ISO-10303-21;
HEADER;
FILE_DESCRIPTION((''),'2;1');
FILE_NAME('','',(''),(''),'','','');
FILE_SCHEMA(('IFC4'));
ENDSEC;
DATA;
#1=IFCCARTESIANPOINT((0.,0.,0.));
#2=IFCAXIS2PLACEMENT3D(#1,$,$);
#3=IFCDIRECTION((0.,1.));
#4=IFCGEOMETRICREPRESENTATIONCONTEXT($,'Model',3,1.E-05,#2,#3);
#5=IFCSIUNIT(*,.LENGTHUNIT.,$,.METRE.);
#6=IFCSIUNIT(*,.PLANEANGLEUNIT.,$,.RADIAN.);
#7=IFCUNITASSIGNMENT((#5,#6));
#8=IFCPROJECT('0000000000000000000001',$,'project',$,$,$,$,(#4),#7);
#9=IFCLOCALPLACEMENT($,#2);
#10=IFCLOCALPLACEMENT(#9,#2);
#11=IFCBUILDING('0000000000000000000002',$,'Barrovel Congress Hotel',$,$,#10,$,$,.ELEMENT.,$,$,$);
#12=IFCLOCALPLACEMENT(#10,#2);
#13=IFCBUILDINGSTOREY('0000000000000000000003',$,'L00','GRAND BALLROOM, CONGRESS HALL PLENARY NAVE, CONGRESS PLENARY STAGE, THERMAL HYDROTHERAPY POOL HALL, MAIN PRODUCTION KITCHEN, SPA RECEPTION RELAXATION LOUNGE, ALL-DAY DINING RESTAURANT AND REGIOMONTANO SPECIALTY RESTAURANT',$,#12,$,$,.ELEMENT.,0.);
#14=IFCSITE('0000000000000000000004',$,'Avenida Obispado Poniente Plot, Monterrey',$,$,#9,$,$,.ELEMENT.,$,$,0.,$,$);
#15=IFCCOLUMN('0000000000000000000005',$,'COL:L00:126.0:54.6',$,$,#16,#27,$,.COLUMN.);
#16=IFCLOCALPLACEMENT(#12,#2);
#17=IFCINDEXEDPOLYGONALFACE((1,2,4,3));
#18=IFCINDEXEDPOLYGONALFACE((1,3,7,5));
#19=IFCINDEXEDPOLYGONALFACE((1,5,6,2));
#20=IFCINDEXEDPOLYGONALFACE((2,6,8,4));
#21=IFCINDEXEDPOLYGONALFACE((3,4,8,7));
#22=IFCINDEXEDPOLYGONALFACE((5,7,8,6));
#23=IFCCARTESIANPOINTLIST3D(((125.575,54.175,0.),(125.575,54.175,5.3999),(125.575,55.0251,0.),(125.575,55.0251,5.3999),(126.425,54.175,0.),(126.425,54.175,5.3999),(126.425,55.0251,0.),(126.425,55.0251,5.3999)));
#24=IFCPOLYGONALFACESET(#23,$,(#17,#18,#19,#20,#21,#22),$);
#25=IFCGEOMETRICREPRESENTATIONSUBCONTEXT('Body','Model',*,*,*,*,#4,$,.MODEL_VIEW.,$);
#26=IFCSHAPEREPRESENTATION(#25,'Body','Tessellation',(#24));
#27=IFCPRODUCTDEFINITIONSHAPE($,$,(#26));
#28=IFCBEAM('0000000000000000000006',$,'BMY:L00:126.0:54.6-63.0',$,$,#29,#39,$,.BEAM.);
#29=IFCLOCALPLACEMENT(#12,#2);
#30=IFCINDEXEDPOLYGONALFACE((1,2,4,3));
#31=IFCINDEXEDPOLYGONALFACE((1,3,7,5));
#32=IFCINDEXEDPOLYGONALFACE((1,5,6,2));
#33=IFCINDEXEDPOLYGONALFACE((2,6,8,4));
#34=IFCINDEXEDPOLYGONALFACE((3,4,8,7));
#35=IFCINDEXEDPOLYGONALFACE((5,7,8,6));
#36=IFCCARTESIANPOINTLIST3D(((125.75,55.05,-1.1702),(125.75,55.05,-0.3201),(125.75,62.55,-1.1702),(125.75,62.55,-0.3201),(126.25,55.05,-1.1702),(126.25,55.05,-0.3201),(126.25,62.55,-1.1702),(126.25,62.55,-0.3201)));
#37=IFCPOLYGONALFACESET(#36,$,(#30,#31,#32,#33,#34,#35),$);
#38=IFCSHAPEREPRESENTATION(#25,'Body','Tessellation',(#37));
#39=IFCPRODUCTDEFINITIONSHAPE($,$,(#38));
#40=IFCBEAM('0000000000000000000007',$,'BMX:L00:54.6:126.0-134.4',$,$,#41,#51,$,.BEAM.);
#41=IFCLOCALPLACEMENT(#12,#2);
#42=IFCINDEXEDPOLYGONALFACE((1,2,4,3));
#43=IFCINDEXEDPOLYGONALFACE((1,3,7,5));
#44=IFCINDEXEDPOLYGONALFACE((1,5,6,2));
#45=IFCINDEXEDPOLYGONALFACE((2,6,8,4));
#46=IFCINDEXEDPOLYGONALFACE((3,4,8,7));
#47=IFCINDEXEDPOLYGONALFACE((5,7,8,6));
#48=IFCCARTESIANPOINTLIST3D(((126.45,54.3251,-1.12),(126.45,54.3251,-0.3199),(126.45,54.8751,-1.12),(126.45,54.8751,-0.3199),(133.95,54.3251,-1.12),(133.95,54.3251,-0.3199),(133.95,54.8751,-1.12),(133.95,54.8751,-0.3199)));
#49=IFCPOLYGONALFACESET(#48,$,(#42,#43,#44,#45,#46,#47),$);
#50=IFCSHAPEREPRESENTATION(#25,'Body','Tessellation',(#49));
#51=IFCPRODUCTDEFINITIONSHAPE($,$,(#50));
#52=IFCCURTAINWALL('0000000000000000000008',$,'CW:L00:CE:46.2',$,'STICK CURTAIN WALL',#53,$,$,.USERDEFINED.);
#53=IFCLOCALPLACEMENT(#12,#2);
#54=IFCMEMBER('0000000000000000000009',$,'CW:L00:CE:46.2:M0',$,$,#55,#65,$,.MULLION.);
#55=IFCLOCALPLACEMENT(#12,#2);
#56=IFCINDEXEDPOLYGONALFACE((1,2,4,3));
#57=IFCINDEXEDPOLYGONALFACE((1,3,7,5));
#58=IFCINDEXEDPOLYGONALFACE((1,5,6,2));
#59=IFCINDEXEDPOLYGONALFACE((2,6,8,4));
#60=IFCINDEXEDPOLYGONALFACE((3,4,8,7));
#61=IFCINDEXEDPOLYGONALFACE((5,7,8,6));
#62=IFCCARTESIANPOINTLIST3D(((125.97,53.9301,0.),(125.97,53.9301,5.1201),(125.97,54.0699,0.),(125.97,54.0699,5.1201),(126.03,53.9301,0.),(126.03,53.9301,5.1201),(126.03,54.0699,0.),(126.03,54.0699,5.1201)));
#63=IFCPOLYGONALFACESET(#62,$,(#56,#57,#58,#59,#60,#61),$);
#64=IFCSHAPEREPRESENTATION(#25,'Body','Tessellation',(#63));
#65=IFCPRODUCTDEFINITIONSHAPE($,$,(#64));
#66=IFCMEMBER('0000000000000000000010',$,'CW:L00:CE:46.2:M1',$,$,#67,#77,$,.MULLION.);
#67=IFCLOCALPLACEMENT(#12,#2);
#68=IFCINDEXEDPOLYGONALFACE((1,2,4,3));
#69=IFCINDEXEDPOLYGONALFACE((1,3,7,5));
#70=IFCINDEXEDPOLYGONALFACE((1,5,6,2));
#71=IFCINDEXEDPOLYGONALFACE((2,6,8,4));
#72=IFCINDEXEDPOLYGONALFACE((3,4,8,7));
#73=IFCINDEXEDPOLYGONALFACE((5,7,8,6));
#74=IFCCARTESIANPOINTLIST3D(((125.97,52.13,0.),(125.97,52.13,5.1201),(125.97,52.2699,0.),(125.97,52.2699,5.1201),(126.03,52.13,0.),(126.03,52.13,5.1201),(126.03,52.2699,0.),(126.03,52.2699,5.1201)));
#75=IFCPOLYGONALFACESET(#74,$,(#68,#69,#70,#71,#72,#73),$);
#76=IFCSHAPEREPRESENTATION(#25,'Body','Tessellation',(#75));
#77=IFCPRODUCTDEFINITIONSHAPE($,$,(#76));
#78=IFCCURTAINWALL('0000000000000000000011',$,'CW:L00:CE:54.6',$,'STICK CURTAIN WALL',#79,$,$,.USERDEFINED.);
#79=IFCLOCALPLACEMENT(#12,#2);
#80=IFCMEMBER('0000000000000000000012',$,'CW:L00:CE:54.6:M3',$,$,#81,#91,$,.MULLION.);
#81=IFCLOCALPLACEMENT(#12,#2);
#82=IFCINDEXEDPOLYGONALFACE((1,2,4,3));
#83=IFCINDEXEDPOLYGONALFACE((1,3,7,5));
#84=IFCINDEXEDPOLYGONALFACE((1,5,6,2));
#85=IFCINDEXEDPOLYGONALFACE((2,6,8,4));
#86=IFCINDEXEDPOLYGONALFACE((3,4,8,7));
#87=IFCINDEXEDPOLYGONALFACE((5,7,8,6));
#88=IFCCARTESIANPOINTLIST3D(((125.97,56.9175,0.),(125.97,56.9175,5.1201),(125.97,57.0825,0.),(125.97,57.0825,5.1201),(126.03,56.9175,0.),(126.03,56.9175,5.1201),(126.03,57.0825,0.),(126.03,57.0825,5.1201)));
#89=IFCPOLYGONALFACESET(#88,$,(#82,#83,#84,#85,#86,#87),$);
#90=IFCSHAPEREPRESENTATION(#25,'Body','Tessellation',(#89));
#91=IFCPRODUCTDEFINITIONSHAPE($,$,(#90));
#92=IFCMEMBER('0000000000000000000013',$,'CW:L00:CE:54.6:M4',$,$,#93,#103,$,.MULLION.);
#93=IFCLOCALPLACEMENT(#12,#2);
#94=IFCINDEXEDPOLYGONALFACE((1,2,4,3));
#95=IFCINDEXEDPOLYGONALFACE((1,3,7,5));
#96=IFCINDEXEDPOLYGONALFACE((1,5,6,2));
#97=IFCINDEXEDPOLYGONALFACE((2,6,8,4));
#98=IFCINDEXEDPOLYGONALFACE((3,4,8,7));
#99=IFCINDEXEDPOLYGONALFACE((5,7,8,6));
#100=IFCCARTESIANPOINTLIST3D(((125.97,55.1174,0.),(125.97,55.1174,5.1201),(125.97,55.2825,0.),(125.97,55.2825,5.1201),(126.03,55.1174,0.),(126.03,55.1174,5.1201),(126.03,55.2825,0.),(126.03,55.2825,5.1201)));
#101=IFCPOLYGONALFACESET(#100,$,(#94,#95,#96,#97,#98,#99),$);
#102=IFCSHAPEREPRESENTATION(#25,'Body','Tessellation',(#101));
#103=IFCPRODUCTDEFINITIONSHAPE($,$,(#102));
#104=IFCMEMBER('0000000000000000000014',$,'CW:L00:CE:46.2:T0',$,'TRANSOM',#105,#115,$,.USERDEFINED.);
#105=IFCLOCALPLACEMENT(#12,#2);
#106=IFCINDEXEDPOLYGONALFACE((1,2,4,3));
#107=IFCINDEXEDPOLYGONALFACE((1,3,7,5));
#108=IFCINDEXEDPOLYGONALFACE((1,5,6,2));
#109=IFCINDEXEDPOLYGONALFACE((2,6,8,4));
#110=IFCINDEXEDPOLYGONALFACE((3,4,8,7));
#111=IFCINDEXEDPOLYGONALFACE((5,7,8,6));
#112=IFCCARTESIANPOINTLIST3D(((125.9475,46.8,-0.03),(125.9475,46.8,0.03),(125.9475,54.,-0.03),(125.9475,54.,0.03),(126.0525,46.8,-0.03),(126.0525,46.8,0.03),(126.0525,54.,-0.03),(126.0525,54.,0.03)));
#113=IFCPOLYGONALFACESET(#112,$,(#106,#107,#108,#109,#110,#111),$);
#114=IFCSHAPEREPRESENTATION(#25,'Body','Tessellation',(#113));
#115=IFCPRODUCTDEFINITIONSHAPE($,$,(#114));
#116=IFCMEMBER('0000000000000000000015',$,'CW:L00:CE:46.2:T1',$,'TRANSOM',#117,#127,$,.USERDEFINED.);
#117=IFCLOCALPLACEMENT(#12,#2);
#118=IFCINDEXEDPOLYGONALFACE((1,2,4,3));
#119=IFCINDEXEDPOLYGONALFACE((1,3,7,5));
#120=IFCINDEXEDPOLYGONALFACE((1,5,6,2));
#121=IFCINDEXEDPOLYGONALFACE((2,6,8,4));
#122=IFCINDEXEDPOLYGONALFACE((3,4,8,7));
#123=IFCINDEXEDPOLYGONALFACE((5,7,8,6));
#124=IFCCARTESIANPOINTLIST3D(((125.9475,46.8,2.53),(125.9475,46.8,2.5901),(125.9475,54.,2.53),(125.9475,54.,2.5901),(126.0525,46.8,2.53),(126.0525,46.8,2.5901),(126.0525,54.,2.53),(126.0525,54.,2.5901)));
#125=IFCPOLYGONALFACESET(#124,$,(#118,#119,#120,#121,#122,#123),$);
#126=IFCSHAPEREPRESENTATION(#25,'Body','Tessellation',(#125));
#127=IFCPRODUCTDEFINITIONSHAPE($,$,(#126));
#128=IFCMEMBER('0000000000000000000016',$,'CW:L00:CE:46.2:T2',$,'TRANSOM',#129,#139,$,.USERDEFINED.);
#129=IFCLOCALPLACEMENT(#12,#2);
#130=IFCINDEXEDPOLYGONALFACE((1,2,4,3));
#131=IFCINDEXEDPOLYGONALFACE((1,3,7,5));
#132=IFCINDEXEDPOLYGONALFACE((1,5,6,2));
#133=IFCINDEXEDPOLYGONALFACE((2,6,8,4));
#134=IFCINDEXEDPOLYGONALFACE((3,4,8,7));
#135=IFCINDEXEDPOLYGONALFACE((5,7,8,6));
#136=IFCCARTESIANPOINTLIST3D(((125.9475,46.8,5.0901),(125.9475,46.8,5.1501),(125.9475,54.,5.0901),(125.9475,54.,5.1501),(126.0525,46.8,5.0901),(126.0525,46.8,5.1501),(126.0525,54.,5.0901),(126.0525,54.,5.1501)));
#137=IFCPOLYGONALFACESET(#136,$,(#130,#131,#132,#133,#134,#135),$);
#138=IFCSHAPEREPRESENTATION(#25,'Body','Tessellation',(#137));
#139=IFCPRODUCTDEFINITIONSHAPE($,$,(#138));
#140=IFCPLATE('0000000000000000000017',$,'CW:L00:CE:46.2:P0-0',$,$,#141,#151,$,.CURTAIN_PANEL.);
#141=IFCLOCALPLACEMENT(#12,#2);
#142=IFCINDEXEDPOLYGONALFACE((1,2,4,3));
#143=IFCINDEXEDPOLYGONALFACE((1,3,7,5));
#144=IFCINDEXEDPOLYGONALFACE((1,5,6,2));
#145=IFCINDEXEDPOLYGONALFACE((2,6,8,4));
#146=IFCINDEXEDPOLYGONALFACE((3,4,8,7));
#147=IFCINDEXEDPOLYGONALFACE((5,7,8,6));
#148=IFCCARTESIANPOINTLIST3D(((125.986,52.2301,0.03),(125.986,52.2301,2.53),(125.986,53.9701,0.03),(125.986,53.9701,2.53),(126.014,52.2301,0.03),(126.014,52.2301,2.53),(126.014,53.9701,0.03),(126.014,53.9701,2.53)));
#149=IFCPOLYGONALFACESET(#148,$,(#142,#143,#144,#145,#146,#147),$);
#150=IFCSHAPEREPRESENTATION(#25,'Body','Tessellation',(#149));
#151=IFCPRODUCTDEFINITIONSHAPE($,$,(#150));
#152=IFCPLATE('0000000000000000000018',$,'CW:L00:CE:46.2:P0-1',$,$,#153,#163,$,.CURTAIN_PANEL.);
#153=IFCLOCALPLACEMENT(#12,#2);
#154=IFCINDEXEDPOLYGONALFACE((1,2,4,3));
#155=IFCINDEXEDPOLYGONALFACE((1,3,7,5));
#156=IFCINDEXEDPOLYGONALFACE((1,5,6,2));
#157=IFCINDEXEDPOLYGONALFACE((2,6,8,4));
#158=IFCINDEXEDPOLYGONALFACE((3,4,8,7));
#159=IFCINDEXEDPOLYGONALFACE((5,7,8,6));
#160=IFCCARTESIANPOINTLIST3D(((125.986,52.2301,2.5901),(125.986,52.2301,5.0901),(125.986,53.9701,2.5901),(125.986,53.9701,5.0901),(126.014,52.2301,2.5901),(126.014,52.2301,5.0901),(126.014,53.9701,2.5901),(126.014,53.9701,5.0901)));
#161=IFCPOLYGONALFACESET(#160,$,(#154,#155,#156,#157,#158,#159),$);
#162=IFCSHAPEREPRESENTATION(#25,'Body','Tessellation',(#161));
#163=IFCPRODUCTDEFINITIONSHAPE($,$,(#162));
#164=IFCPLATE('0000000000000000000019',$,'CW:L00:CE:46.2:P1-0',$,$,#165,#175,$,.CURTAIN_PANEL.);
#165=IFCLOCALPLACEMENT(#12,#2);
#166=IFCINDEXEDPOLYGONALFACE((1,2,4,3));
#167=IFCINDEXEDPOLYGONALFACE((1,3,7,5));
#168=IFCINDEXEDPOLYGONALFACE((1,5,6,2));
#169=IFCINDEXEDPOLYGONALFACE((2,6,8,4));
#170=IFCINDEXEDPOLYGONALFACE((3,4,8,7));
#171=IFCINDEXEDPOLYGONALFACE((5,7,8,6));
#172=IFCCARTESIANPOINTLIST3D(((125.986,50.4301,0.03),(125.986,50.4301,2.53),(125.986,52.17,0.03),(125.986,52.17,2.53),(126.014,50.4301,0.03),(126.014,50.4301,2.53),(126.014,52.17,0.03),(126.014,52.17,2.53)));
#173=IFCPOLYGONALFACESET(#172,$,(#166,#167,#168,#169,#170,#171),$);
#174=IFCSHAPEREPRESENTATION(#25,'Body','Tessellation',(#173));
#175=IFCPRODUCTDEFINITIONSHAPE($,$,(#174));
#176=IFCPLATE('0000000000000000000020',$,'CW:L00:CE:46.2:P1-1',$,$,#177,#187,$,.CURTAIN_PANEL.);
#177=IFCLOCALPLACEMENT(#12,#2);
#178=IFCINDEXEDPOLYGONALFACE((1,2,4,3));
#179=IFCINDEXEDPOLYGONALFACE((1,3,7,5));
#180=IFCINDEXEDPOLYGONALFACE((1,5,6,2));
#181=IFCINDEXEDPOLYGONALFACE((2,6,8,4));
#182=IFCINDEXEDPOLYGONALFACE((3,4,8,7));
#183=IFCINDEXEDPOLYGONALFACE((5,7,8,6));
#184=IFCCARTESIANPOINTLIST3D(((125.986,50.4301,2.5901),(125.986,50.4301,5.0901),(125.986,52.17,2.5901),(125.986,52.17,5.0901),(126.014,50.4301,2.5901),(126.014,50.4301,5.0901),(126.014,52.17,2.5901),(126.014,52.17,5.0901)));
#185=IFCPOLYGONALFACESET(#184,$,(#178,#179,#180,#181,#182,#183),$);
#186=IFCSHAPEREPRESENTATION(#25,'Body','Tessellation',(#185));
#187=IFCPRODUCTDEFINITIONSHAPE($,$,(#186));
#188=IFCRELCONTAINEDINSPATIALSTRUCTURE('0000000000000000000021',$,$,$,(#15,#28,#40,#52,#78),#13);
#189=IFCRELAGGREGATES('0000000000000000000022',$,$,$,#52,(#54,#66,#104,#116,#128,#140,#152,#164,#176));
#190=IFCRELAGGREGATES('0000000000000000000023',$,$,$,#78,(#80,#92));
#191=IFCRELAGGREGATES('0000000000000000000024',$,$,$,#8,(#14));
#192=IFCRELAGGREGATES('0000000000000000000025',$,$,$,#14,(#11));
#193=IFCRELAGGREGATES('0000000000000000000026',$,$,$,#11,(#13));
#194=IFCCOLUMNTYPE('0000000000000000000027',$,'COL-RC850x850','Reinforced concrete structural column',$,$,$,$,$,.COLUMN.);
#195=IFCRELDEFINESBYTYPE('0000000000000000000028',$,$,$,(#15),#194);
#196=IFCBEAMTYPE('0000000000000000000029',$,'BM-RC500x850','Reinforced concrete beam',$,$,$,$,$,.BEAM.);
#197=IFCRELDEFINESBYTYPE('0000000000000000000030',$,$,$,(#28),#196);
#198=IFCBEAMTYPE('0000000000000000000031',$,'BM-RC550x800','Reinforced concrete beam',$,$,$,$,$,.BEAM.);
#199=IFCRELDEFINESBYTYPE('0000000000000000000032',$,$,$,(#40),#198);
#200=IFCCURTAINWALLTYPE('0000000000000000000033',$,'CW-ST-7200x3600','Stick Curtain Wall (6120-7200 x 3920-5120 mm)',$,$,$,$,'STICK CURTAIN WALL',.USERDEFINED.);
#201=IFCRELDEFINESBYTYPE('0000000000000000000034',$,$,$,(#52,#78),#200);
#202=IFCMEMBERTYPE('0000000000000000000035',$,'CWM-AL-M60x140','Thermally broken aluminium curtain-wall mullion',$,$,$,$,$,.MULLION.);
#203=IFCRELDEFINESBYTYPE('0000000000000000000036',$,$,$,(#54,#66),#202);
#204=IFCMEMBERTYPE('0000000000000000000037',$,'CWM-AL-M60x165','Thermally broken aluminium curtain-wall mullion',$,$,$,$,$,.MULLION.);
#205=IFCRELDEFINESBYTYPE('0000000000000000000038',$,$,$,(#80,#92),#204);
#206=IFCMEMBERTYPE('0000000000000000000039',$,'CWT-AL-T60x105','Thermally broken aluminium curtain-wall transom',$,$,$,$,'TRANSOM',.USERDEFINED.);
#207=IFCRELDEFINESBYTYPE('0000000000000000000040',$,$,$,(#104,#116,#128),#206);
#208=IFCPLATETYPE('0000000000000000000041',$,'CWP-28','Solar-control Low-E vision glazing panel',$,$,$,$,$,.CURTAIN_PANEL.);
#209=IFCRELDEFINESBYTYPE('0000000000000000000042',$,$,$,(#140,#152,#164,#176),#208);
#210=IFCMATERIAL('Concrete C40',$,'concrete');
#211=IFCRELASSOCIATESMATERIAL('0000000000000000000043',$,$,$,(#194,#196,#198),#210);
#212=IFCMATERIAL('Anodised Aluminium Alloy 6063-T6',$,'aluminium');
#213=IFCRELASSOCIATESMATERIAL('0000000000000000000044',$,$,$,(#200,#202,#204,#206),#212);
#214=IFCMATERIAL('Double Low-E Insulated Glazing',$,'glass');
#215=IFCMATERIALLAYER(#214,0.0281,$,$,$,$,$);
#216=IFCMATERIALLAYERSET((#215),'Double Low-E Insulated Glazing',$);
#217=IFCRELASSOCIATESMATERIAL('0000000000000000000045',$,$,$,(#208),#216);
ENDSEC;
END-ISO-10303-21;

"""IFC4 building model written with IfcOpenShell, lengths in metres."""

from ifc_helpers import new_model, si_unit, direction, frame, origin, origin_2d, place, context, subcontext, project, spatial, rectangle, extrude, material, layer, layer_set, material_profile, profile_set, type_object, element, aggregate, save


model = new_model("IFC4")

# Units and contexts
model_context = context("Model", 3, precision=1e-05, world=origin(), true_north=direction((0.0, 1.0)))
body_context = subcontext(model_context, "Body", "Model", "MODEL_VIEW")
ifc_project = project(units=[si_unit("LENGTHUNIT", "METRE"), si_unit("PLANEANGLEUNIT", "RADIAN")], contexts=[model_context])

# Site, building, storey
site_placement = place(None, origin())
site = spatial("IfcSite", under=ifc_project, at=site_placement, Name="Avenida Obispado Poniente Plot, Monterrey", CompositionType="ELEMENT", RefElevation=0.0)
building_placement = place(site_placement, origin())
building = spatial("IfcBuilding", under=site, at=building_placement, Name="Barrovel Congress Hotel", CompositionType="ELEMENT")
storey_placement = place(building_placement, origin())
storey = spatial("IfcBuildingStorey", under=building, at=storey_placement, Name="L00", Description="GRAND BALLROOM, CONGRESS HALL PLENARY NAVE, CONGRESS PLENARY STAGE, THERMAL HYDROTHERAPY POOL HALL, MAIN PRODUCTION KITCHEN, SPA RECEPTION RELAXATION LOUNGE, ALL-DAY DINING RESTAURANT AND REGIOMONTANO SPECIALTY RESTAURANT", CompositionType="ELEMENT", Elevation=0.0)

# Column
ifc_material_1 = material(Name="Concrete C40", Category="concrete")
ifc_material_profile_1 = material_profile(ifc_material_1, rectangle(XDim=0.8501, YDim=0.8501, at=origin_2d()), Name="RC850x850")
ifc_profile_set_1 = profile_set([ifc_material_profile_1], Name="Concrete C40")
column_type = type_object("IfcColumnType", Name="COL-RC850x850", Description="Reinforced concrete structural column", PredefinedType="COLUMN", material=ifc_profile_set_1)
column_placement = place(storey_placement, frame((126.0, 54.6001, 0.0), z_axis=(0.0, 0.0, 1.0), x_axis=(1.0, 0.0, 0.0)))
element("IfcColumn", 1, at=column_placement, inside=storey, type_object=column_type, Name="COL:L00:126.0:54.6", PredefinedType="COLUMN", context=body_context, shape_type="SweptSolid", body=[
    extrude(rectangle(XDim=0.8501, YDim=0.8501, at=origin_2d()), origin(), (0.0, 0.0, 1.0), 5.3999),
])

# Beams
ifc_material_profile_2 = material_profile(ifc_material_1, rectangle(XDim=0.5, YDim=0.8501, at=origin_2d()), Name="RC500x850")
ifc_profile_set_2 = profile_set([ifc_material_profile_2], Name="Concrete C40")
beam_type_1 = type_object("IfcBeamType", Name="BM-RC500x850", Description="Reinforced concrete beam", PredefinedType="BEAM", material=ifc_profile_set_2)
beam_1_placement = place(storey_placement, frame((126.0, 55.05, -0.7451), z_axis=(0.0, 1.0, 0.0), x_axis=(-1.0, 0.0, 0.0)))
element("IfcBeam", 2, at=beam_1_placement, inside=storey, type_object=beam_type_1, Name="BMY:L00:126.0:54.6-63.0", PredefinedType="BEAM", context=body_context, shape_type="SweptSolid", body=[
    extrude(rectangle(XDim=0.5, YDim=0.8501, at=origin_2d()), origin(), (0.0, 0.0, 1.0), 7.5),
])
ifc_material_profile_3 = material_profile(ifc_material_1, rectangle(XDim=0.55, YDim=0.8, at=origin_2d()), Name="RC550x800")
ifc_profile_set_3 = profile_set([ifc_material_profile_3], Name="Concrete C40")
beam_type_2 = type_object("IfcBeamType", Name="BM-RC550x800", Description="Reinforced concrete beam", PredefinedType="BEAM", material=ifc_profile_set_3)
beam_2_placement = place(storey_placement, frame((126.45, 54.6001, -0.72), z_axis=(1.0, 0.0, 0.0), x_axis=(0.0, 1.0, 0.0)))
element("IfcBeam", 3, at=beam_2_placement, inside=storey, type_object=beam_type_2, Name="BMX:L00:54.6:126.0-134.4", PredefinedType="BEAM", context=body_context, shape_type="SweptSolid", body=[
    extrude(rectangle(XDim=0.55, YDim=0.8, at=origin_2d()), origin(), (0.0, 0.0, 1.0), 7.5),
])

# Curtain walls, members
ifc_material_2 = material(Name="Anodised Aluminium Alloy 6063-T6", Category="aluminium")
curtain_wall_type = type_object("IfcCurtainWallType", Name="CW-ST-7200x3600", Description="Stick Curtain Wall (6120-7200 x 3920-5120 mm)", ElementType="STICK CURTAIN WALL", PredefinedType="USERDEFINED", material=ifc_material_2)
curtain_wall_1_placement = place(storey_placement, origin())
curtain_wall_1 = element("IfcCurtainWall", 4, at=curtain_wall_1_placement, inside=storey, type_object=curtain_wall_type, Name="CW:L00:CE:46.2", ObjectType="STICK CURTAIN WALL", PredefinedType="USERDEFINED")
ifc_material_profile_4 = material_profile(ifc_material_2, rectangle(XDim=0.0601, YDim=0.1399, at=origin_2d()), Name="AL-M60x140")
ifc_profile_set_4 = profile_set([ifc_material_profile_4], Name="Anodised Aluminium Alloy 6063-T6")
member_type_1 = type_object("IfcMemberType", Name="CWM-AL-M60x140", Description="Thermally broken aluminium curtain-wall mullion", PredefinedType="MULLION", material=ifc_profile_set_4)
member_1_placement = place(storey_placement, frame((126.0, 54.0, 0.0), z_axis=(0.0, 0.0, 1.0), x_axis=(1.0, 0.0, 0.0)))
member_1 = element("IfcMember", 5, at=member_1_placement, type_object=member_type_1, Name="CW:L00:CE:46.2:M0", PredefinedType="MULLION", context=body_context, shape_type="SweptSolid", body=[
    extrude(rectangle(XDim=0.0601, YDim=0.1399, at=origin_2d()), origin(), (0.0, 0.0, 1.0), 5.1201),
])
member_2_placement = place(storey_placement, frame((126.0, 52.2, 0.0), z_axis=(0.0, 0.0, 1.0), x_axis=(1.0, 0.0, 0.0)))
member_2 = element("IfcMember", 6, at=member_2_placement, type_object=member_type_1, Name="CW:L00:CE:46.2:M1", PredefinedType="MULLION", context=body_context, shape_type="SweptSolid", body=[
    extrude(rectangle(XDim=0.0601, YDim=0.1399, at=origin_2d()), origin(), (0.0, 0.0, 1.0), 5.1201),
])
curtain_wall_2_placement = place(storey_placement, origin())
curtain_wall_2 = element("IfcCurtainWall", 7, at=curtain_wall_2_placement, inside=storey, type_object=curtain_wall_type, Name="CW:L00:CE:54.6", ObjectType="STICK CURTAIN WALL", PredefinedType="USERDEFINED")
ifc_material_profile_5 = material_profile(ifc_material_2, rectangle(XDim=0.0601, YDim=0.165, at=origin_2d()), Name="AL-M60x165")
ifc_profile_set_5 = profile_set([ifc_material_profile_5], Name="Anodised Aluminium Alloy 6063-T6")
member_type_2 = type_object("IfcMemberType", Name="CWM-AL-M60x165", Description="Thermally broken aluminium curtain-wall mullion", PredefinedType="MULLION", material=ifc_profile_set_5)
member_3_placement = place(storey_placement, frame((126.0, 57.0, 0.0), z_axis=(0.0, 0.0, 1.0), x_axis=(1.0, 0.0, 0.0)))
member_3 = element("IfcMember", 8, at=member_3_placement, type_object=member_type_2, Name="CW:L00:CE:54.6:M3", PredefinedType="MULLION", context=body_context, shape_type="SweptSolid", body=[
    extrude(rectangle(XDim=0.0601, YDim=0.165, at=origin_2d()), origin(), (0.0, 0.0, 1.0), 5.1201),
])
member_4_placement = place(storey_placement, frame((126.0, 55.2, 0.0), z_axis=(0.0, 0.0, 1.0), x_axis=(1.0, 0.0, 0.0)))
member_4 = element("IfcMember", 9, at=member_4_placement, type_object=member_type_2, Name="CW:L00:CE:54.6:M4", PredefinedType="MULLION", context=body_context, shape_type="SweptSolid", body=[
    extrude(rectangle(XDim=0.0601, YDim=0.165, at=origin_2d()), origin(), (0.0, 0.0, 1.0), 5.1201),
])

# Members
ifc_material_profile_6 = material_profile(ifc_material_2, rectangle(XDim=0.105, YDim=0.0601, at=origin_2d()), Name="AL-T60x105")
ifc_profile_set_6 = profile_set([ifc_material_profile_6], Name="Anodised Aluminium Alloy 6063-T6")
member_type_3 = type_object("IfcMemberType", Name="CWT-AL-T60x105", Description="Thermally broken aluminium curtain-wall transom", ElementType="TRANSOM", PredefinedType="USERDEFINED", material=ifc_profile_set_6)
member_5_placement = place(storey_placement, frame((126.0, 54.0, 0.0), z_axis=(0.0, -1.0, 0.0), x_axis=(1.0, 0.0, 0.0)))
member_5 = element("IfcMember", 10, at=member_5_placement, type_object=member_type_3, Name="CW:L00:CE:46.2:T0", ObjectType="TRANSOM", PredefinedType="USERDEFINED", context=body_context, shape_type="SweptSolid", body=[
    extrude(rectangle(XDim=0.105, YDim=0.0601, at=origin_2d()), origin(), (0.0, 0.0, 1.0), 7.2),
])
member_6_placement = place(storey_placement, frame((126.0, 54.0, 2.5601), z_axis=(0.0, -1.0, 0.0), x_axis=(1.0, 0.0, 0.0)))
member_6 = element("IfcMember", 11, at=member_6_placement, type_object=member_type_3, Name="CW:L00:CE:46.2:T1", ObjectType="TRANSOM", PredefinedType="USERDEFINED", context=body_context, shape_type="SweptSolid", body=[
    extrude(rectangle(XDim=0.105, YDim=0.0601, at=origin_2d()), origin(), (0.0, 0.0, 1.0), 7.2),
])
member_7_placement = place(storey_placement, frame((126.0, 54.0, 5.1201), z_axis=(0.0, -1.0, 0.0), x_axis=(1.0, 0.0, 0.0)))
member_7 = element("IfcMember", 12, at=member_7_placement, type_object=member_type_3, Name="CW:L00:CE:46.2:T2", ObjectType="TRANSOM", PredefinedType="USERDEFINED", context=body_context, shape_type="SweptSolid", body=[
    extrude(rectangle(XDim=0.105, YDim=0.0601, at=origin_2d()), origin(), (0.0, 0.0, 1.0), 7.2),
])

# Plates
ifc_material_3 = material(Name="Double Low-E Insulated Glazing", Category="glass")
ifc_layer_1 = layer(ifc_material_3, 0.0281)
ifc_layer_set_1 = layer_set([ifc_layer_1], Name="Double Low-E Insulated Glazing")
plate_type_1 = type_object("IfcPlateType", Name="CWP-28", Description="Solar-control Low-E vision glazing panel", PredefinedType="CURTAIN_PANEL", material=ifc_layer_set_1)
plate_1_placement = place(storey_placement, frame((126.0, 53.1001, 0.03), z_axis=(0.0, 0.0, 1.0), x_axis=(0.0, -1.0, 0.0)))
plate_1 = element("IfcPlate", 13, at=plate_1_placement, type_object=plate_type_1, Name="CW:L00:CE:46.2:P0-0", PredefinedType="CURTAIN_PANEL", context=body_context, shape_type="SweptSolid", body=[
    extrude(rectangle(XDim=1.74, YDim=0.0281, at=origin_2d()), origin(), (0.0, 0.0, 1.0), 2.5),
])
plate_2_placement = place(storey_placement, frame((126.0, 53.1001, 2.5901), z_axis=(0.0, 0.0, 1.0), x_axis=(0.0, -1.0, 0.0)))
plate_2 = element("IfcPlate", 14, at=plate_2_placement, type_object=plate_type_1, Name="CW:L00:CE:46.2:P0-1", PredefinedType="CURTAIN_PANEL", context=body_context, shape_type="SweptSolid", body=[
    extrude(rectangle(XDim=1.74, YDim=0.0281, at=origin_2d()), origin(), (0.0, 0.0, 1.0), 2.5),
])
plate_3_placement = place(storey_placement, frame((126.0, 51.3, 0.03), z_axis=(0.0, 0.0, 1.0), x_axis=(0.0, -1.0, 0.0)))
plate_3 = element("IfcPlate", 15, at=plate_3_placement, type_object=plate_type_1, Name="CW:L00:CE:46.2:P1-0", PredefinedType="CURTAIN_PANEL", context=body_context, shape_type="SweptSolid", body=[
    extrude(rectangle(XDim=1.74, YDim=0.0281, at=origin_2d()), origin(), (0.0, 0.0, 1.0), 2.5),
])
plate_4_placement = place(storey_placement, frame((126.0, 51.3, 2.5901), z_axis=(0.0, 0.0, 1.0), x_axis=(0.0, -1.0, 0.0)))
plate_4 = element("IfcPlate", 16, at=plate_4_placement, type_object=plate_type_1, Name="CW:L00:CE:46.2:P1-1", PredefinedType="CURTAIN_PANEL", context=body_context, shape_type="SweptSolid", body=[
    extrude(rectangle(XDim=1.74, YDim=0.0281, at=origin_2d()), origin(), (0.0, 0.0, 1.0), 2.5),
])
aggregate(curtain_wall_1, [member_1, member_2, member_5, member_6, member_7, plate_1, plate_2, plate_3, plate_4])
aggregate(curtain_wall_2, [member_3, member_4])

save(model, "model.ifc")
